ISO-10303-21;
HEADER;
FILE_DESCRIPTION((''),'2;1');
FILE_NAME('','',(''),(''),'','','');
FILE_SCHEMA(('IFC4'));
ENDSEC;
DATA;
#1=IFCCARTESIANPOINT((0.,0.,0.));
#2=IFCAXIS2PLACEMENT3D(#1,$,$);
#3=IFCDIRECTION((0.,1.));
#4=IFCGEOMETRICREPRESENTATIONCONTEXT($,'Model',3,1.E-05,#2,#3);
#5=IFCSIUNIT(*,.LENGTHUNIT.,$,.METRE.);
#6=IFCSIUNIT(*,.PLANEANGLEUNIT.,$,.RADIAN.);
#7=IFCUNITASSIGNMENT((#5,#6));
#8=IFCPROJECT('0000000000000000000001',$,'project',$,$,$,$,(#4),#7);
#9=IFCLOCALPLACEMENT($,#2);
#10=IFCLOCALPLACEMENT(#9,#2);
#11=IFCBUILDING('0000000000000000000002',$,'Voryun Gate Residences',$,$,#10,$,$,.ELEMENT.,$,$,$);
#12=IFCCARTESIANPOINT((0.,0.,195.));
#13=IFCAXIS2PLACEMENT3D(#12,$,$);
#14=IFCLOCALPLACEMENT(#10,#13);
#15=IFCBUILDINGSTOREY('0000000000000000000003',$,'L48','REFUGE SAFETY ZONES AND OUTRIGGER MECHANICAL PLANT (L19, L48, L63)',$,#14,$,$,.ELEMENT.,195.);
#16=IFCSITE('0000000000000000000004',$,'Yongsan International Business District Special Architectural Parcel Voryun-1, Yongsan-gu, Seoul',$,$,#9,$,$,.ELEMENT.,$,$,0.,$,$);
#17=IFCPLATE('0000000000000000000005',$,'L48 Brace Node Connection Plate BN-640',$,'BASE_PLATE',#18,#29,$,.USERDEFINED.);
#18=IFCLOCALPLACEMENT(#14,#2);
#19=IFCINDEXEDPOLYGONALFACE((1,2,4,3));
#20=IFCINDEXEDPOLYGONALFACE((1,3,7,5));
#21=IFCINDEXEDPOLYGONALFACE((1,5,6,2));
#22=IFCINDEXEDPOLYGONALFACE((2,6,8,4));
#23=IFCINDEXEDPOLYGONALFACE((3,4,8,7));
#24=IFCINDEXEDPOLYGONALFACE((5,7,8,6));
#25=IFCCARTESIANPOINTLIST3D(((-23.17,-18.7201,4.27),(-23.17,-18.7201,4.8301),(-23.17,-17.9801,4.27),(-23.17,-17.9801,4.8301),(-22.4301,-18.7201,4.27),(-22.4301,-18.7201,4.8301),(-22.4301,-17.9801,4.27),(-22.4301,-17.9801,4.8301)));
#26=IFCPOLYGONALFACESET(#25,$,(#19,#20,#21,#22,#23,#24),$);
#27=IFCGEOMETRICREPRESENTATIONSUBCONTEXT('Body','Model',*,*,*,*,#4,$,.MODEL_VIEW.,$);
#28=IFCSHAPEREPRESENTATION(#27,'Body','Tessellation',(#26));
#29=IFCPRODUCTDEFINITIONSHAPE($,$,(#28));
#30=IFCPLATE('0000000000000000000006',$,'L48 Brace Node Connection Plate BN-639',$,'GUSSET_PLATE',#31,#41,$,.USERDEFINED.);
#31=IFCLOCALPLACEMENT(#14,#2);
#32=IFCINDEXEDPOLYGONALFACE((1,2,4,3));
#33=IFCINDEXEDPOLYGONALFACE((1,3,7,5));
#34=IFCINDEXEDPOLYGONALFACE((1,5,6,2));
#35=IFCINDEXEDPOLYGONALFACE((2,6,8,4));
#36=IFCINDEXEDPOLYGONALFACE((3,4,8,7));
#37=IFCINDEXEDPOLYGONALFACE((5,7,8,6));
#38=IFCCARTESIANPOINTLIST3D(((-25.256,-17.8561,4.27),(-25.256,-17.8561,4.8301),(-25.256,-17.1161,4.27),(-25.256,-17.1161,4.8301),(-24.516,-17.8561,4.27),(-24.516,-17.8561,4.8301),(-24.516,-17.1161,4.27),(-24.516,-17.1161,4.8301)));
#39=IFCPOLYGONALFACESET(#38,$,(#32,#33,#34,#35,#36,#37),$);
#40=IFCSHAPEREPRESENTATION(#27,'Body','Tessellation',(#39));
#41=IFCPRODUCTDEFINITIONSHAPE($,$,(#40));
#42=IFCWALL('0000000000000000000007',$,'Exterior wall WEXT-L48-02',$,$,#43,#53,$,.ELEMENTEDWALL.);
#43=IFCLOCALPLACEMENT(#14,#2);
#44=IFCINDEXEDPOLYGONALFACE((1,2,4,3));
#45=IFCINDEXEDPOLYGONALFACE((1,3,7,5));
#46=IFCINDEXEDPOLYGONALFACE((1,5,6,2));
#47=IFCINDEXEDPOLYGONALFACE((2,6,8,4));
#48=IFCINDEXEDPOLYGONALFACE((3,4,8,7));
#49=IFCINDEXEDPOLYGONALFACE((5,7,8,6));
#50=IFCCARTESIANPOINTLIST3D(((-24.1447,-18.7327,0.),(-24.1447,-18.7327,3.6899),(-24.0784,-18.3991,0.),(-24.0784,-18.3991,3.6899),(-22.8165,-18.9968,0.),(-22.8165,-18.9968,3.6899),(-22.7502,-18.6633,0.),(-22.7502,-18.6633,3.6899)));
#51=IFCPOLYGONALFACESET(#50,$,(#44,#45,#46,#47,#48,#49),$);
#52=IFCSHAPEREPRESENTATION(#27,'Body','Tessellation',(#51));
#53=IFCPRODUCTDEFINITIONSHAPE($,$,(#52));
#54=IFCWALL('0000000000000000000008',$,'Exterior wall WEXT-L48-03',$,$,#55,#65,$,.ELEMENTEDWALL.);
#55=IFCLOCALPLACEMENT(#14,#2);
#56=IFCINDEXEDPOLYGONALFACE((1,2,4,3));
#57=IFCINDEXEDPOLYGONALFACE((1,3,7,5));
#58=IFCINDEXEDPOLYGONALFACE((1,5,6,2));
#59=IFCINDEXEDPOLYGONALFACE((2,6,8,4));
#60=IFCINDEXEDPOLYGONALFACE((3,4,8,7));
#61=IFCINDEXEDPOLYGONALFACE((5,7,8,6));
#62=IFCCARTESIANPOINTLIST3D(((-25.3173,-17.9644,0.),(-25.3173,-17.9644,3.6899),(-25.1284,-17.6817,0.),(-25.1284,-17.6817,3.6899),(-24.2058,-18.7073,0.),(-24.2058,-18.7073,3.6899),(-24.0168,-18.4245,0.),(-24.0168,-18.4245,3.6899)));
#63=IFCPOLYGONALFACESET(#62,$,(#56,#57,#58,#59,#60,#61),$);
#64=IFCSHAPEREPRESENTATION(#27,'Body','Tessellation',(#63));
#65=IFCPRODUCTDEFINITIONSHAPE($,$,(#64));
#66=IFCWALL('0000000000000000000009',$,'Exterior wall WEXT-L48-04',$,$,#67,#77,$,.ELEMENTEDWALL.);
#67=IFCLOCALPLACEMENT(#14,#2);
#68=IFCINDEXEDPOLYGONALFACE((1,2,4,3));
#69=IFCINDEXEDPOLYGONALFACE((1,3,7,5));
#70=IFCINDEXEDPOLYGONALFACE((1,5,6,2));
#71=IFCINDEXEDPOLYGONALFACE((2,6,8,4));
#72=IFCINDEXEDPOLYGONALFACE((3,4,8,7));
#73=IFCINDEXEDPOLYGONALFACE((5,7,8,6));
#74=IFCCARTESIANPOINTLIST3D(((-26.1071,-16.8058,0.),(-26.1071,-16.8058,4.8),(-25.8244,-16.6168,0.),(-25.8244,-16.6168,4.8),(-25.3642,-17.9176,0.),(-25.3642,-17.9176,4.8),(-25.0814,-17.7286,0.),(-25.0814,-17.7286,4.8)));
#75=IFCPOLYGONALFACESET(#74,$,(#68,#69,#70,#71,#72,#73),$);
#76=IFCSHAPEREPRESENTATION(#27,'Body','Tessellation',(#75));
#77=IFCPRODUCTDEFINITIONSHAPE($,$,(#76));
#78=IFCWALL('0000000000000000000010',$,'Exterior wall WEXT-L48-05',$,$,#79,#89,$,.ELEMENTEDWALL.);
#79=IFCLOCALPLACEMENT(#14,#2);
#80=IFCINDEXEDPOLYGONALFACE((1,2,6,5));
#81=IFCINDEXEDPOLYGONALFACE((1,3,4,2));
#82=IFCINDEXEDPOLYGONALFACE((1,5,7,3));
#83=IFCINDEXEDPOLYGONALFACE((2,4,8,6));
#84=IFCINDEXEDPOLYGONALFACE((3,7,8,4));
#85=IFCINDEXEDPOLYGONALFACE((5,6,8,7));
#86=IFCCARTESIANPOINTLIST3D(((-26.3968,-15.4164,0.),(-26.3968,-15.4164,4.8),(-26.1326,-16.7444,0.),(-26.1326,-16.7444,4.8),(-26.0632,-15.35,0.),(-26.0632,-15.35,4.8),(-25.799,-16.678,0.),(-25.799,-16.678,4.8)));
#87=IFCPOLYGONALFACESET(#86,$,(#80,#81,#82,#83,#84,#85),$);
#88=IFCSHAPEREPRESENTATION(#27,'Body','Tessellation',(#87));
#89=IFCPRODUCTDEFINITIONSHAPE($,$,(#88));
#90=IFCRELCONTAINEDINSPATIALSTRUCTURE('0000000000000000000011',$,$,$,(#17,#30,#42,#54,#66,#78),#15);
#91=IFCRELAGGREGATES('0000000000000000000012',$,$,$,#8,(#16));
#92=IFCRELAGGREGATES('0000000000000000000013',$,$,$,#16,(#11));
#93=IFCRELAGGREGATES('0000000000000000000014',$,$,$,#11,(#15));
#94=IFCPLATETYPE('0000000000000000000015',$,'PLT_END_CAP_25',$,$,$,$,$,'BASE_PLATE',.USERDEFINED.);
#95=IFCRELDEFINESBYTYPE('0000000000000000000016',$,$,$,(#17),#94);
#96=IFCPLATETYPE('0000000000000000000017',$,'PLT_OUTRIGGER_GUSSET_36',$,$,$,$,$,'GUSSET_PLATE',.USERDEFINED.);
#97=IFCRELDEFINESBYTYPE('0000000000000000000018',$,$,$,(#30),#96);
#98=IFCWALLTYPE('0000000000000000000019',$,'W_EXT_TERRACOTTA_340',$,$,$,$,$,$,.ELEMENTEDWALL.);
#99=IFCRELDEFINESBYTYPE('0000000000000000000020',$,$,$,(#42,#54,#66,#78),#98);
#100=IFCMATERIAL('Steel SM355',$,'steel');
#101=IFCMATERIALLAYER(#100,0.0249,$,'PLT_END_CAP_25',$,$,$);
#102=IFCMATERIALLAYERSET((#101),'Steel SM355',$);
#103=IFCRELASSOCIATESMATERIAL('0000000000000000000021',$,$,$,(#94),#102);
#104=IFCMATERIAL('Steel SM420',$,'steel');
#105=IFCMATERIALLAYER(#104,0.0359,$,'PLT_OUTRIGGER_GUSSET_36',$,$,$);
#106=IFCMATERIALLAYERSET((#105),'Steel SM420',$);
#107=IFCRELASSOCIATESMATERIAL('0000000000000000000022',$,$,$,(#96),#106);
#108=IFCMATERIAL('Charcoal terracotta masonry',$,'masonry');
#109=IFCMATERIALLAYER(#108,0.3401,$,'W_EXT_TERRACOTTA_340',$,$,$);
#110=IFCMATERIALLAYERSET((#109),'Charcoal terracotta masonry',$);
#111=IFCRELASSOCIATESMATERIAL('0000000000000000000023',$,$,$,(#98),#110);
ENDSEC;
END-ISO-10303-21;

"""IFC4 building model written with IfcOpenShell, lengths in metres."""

from ifc_helpers import new_model, si_unit, direction, frame, frame_2d, origin, origin_2d, place, context, subcontext, project, spatial, rectangle, extrude, material, layer, layer_set, type_object, element, save


model = new_model("IFC4")

# Units and contexts
model_context = context("Model", 3, precision=1e-05, world=origin(), true_north=direction((0.0, 1.0)))
body_context = subcontext(model_context, "Body", "Model", "MODEL_VIEW")
ifc_project = project(units=[si_unit("LENGTHUNIT", "METRE"), si_unit("PLANEANGLEUNIT", "RADIAN")], contexts=[model_context])

# Site, building, storey
site_placement = place(None, origin())
site = spatial("IfcSite", under=ifc_project, at=site_placement, Name="Yongsan International Business District Special Architectural Parcel Voryun-1, Yongsan-gu, Seoul", CompositionType="ELEMENT", RefElevation=0.0)
building_placement = place(site_placement, origin())
building = spatial("IfcBuilding", under=site, at=building_placement, Name="Voryun Gate Residences", CompositionType="ELEMENT")
storey_placement = place(building_placement, frame((0.0, 0.0, 195.0)))
storey = spatial("IfcBuildingStorey", under=building, at=storey_placement, Name="L48", Description="REFUGE SAFETY ZONES AND OUTRIGGER MECHANICAL PLANT (L19, L48, L63)", CompositionType="ELEMENT", Elevation=195.0)

# Plates
ifc_material_1 = material(Name="Steel SM355", Category="steel")
ifc_layer_1 = layer(ifc_material_1, 0.0249, Name="PLT_END_CAP_25")
ifc_layer_set_1 = layer_set([ifc_layer_1], Name="Steel SM355")
plate_type_1 = type_object("IfcPlateType", Name="PLT_END_CAP_25", ElementType="BASE_PLATE", PredefinedType="USERDEFINED", material=ifc_layer_set_1)
plate_1_placement = place(storey_placement, frame((-22.8, -18.3501, 4.27), z_axis=(0.0, 0.0, 1.0), x_axis=(1.0, 0.0, 0.0)))
element("IfcPlate", 1, at=plate_1_placement, inside=storey, type_object=plate_type_1, Name="L48 Brace Node Connection Plate BN-640", ObjectType="BASE_PLATE", PredefinedType="USERDEFINED", context=body_context, shape_type="SweptSolid", body=[
    extrude(rectangle(XDim=0.74, YDim=0.74, at=origin_2d()), origin(), (0.0, 0.0, 1.0), 0.5601),
])
ifc_material_2 = material(Name="Steel SM420", Category="steel")
ifc_layer_2 = layer(ifc_material_2, 0.0359, Name="PLT_OUTRIGGER_GUSSET_36")
ifc_layer_set_2 = layer_set([ifc_layer_2], Name="Steel SM420")
plate_type_2 = type_object("IfcPlateType", Name="PLT_OUTRIGGER_GUSSET_36", ElementType="GUSSET_PLATE", PredefinedType="USERDEFINED", material=ifc_layer_set_2)
plate_2_placement = place(storey_placement, frame((-24.886, -17.4861, 4.27), z_axis=(0.0, 0.0, 1.0), x_axis=(1.0, 0.0, 0.0)))
element("IfcPlate", 2, at=plate_2_placement, inside=storey, type_object=plate_type_2, Name="L48 Brace Node Connection Plate BN-639", ObjectType="GUSSET_PLATE", PredefinedType="USERDEFINED", context=body_context, shape_type="SweptSolid", body=[
    extrude(rectangle(XDim=0.74, YDim=0.74, at=origin_2d()), origin(), (0.0, 0.0, 1.0), 0.5601),
])

# Walls
ifc_material_3 = material(Name="Charcoal terracotta masonry", Category="masonry")
ifc_layer_3 = layer(ifc_material_3, 0.3401, Name="W_EXT_TERRACOTTA_340")
ifc_layer_set_3 = layer_set([ifc_layer_3], Name="Charcoal terracotta masonry")
wall_type = type_object("IfcWallType", Name="W_EXT_TERRACOTTA_340", PredefinedType="ELEMENTEDWALL", material=ifc_layer_set_3)
wall_1_placement = place(storey_placement, frame((-22.7832, -18.8301, 0.0), z_axis=(0.0, 0.0, 1.0), x_axis=(-0.980788, 0.195076, 0.0)))
element("IfcWall", 3, at=wall_1_placement, inside=storey, type_object=wall_type, Name="Exterior wall WEXT-L48-02", PredefinedType="ELEMENTEDWALL", context=body_context, shape_type="SweptSolid", body=[
    extrude(rectangle(XDim=1.3542, YDim=0.3401, at=frame_2d((0.6772, 0.0))), origin(), (0.0, 0.0, 1.0), 3.6899),
])
wall_2_placement = place(storey_placement, frame((-24.1113, -18.5659, 0.0), z_axis=(0.0, 0.0, 1.0), x_axis=(-0.831404, 0.555669, 0.0)))
element("IfcWall", 4, at=wall_2_placement, inside=storey, type_object=wall_type, Name="Exterior wall WEXT-L48-03", PredefinedType="ELEMENTEDWALL", context=body_context, shape_type="SweptSolid", body=[
    extrude(rectangle(XDim=1.3369, YDim=0.3401, at=frame_2d((0.6685, 0.0))), origin(), (0.0, 0.0, 1.0), 3.6899),
])
wall_3_placement = place(storey_placement, frame((-25.2229, -17.823, 0.0), z_axis=(0.0, 0.0, 1.0), x_axis=(-0.555585, 0.83146, 0.0)))
element("IfcWall", 5, at=wall_3_placement, inside=storey, type_object=wall_type, Name="Exterior wall WEXT-L48-04", PredefinedType="ELEMENTEDWALL", context=body_context, shape_type="SweptSolid", body=[
    extrude(rectangle(XDim=1.3372, YDim=0.3401, at=frame_2d((0.6685, 0.0))), origin(), (0.0, 0.0, 1.0), 4.8),
])
wall_4_placement = place(storey_placement, frame((-25.9658, -16.7112, 0.0), z_axis=(0.0, 0.0, 1.0), x_axis=(-0.19511, 0.980781, 0.0)))
element("IfcWall", 6, at=wall_4_placement, inside=storey, type_object=wall_type, Name="Exterior wall WEXT-L48-05", PredefinedType="ELEMENTEDWALL", context=body_context, shape_type="SweptSolid", body=[
    extrude(rectangle(XDim=1.354, YDim=0.3401, at=frame_2d((0.677, 0.0))), origin(), (0.0, 0.0, 1.0), 4.8),
])

save(model, "model.ifc")
